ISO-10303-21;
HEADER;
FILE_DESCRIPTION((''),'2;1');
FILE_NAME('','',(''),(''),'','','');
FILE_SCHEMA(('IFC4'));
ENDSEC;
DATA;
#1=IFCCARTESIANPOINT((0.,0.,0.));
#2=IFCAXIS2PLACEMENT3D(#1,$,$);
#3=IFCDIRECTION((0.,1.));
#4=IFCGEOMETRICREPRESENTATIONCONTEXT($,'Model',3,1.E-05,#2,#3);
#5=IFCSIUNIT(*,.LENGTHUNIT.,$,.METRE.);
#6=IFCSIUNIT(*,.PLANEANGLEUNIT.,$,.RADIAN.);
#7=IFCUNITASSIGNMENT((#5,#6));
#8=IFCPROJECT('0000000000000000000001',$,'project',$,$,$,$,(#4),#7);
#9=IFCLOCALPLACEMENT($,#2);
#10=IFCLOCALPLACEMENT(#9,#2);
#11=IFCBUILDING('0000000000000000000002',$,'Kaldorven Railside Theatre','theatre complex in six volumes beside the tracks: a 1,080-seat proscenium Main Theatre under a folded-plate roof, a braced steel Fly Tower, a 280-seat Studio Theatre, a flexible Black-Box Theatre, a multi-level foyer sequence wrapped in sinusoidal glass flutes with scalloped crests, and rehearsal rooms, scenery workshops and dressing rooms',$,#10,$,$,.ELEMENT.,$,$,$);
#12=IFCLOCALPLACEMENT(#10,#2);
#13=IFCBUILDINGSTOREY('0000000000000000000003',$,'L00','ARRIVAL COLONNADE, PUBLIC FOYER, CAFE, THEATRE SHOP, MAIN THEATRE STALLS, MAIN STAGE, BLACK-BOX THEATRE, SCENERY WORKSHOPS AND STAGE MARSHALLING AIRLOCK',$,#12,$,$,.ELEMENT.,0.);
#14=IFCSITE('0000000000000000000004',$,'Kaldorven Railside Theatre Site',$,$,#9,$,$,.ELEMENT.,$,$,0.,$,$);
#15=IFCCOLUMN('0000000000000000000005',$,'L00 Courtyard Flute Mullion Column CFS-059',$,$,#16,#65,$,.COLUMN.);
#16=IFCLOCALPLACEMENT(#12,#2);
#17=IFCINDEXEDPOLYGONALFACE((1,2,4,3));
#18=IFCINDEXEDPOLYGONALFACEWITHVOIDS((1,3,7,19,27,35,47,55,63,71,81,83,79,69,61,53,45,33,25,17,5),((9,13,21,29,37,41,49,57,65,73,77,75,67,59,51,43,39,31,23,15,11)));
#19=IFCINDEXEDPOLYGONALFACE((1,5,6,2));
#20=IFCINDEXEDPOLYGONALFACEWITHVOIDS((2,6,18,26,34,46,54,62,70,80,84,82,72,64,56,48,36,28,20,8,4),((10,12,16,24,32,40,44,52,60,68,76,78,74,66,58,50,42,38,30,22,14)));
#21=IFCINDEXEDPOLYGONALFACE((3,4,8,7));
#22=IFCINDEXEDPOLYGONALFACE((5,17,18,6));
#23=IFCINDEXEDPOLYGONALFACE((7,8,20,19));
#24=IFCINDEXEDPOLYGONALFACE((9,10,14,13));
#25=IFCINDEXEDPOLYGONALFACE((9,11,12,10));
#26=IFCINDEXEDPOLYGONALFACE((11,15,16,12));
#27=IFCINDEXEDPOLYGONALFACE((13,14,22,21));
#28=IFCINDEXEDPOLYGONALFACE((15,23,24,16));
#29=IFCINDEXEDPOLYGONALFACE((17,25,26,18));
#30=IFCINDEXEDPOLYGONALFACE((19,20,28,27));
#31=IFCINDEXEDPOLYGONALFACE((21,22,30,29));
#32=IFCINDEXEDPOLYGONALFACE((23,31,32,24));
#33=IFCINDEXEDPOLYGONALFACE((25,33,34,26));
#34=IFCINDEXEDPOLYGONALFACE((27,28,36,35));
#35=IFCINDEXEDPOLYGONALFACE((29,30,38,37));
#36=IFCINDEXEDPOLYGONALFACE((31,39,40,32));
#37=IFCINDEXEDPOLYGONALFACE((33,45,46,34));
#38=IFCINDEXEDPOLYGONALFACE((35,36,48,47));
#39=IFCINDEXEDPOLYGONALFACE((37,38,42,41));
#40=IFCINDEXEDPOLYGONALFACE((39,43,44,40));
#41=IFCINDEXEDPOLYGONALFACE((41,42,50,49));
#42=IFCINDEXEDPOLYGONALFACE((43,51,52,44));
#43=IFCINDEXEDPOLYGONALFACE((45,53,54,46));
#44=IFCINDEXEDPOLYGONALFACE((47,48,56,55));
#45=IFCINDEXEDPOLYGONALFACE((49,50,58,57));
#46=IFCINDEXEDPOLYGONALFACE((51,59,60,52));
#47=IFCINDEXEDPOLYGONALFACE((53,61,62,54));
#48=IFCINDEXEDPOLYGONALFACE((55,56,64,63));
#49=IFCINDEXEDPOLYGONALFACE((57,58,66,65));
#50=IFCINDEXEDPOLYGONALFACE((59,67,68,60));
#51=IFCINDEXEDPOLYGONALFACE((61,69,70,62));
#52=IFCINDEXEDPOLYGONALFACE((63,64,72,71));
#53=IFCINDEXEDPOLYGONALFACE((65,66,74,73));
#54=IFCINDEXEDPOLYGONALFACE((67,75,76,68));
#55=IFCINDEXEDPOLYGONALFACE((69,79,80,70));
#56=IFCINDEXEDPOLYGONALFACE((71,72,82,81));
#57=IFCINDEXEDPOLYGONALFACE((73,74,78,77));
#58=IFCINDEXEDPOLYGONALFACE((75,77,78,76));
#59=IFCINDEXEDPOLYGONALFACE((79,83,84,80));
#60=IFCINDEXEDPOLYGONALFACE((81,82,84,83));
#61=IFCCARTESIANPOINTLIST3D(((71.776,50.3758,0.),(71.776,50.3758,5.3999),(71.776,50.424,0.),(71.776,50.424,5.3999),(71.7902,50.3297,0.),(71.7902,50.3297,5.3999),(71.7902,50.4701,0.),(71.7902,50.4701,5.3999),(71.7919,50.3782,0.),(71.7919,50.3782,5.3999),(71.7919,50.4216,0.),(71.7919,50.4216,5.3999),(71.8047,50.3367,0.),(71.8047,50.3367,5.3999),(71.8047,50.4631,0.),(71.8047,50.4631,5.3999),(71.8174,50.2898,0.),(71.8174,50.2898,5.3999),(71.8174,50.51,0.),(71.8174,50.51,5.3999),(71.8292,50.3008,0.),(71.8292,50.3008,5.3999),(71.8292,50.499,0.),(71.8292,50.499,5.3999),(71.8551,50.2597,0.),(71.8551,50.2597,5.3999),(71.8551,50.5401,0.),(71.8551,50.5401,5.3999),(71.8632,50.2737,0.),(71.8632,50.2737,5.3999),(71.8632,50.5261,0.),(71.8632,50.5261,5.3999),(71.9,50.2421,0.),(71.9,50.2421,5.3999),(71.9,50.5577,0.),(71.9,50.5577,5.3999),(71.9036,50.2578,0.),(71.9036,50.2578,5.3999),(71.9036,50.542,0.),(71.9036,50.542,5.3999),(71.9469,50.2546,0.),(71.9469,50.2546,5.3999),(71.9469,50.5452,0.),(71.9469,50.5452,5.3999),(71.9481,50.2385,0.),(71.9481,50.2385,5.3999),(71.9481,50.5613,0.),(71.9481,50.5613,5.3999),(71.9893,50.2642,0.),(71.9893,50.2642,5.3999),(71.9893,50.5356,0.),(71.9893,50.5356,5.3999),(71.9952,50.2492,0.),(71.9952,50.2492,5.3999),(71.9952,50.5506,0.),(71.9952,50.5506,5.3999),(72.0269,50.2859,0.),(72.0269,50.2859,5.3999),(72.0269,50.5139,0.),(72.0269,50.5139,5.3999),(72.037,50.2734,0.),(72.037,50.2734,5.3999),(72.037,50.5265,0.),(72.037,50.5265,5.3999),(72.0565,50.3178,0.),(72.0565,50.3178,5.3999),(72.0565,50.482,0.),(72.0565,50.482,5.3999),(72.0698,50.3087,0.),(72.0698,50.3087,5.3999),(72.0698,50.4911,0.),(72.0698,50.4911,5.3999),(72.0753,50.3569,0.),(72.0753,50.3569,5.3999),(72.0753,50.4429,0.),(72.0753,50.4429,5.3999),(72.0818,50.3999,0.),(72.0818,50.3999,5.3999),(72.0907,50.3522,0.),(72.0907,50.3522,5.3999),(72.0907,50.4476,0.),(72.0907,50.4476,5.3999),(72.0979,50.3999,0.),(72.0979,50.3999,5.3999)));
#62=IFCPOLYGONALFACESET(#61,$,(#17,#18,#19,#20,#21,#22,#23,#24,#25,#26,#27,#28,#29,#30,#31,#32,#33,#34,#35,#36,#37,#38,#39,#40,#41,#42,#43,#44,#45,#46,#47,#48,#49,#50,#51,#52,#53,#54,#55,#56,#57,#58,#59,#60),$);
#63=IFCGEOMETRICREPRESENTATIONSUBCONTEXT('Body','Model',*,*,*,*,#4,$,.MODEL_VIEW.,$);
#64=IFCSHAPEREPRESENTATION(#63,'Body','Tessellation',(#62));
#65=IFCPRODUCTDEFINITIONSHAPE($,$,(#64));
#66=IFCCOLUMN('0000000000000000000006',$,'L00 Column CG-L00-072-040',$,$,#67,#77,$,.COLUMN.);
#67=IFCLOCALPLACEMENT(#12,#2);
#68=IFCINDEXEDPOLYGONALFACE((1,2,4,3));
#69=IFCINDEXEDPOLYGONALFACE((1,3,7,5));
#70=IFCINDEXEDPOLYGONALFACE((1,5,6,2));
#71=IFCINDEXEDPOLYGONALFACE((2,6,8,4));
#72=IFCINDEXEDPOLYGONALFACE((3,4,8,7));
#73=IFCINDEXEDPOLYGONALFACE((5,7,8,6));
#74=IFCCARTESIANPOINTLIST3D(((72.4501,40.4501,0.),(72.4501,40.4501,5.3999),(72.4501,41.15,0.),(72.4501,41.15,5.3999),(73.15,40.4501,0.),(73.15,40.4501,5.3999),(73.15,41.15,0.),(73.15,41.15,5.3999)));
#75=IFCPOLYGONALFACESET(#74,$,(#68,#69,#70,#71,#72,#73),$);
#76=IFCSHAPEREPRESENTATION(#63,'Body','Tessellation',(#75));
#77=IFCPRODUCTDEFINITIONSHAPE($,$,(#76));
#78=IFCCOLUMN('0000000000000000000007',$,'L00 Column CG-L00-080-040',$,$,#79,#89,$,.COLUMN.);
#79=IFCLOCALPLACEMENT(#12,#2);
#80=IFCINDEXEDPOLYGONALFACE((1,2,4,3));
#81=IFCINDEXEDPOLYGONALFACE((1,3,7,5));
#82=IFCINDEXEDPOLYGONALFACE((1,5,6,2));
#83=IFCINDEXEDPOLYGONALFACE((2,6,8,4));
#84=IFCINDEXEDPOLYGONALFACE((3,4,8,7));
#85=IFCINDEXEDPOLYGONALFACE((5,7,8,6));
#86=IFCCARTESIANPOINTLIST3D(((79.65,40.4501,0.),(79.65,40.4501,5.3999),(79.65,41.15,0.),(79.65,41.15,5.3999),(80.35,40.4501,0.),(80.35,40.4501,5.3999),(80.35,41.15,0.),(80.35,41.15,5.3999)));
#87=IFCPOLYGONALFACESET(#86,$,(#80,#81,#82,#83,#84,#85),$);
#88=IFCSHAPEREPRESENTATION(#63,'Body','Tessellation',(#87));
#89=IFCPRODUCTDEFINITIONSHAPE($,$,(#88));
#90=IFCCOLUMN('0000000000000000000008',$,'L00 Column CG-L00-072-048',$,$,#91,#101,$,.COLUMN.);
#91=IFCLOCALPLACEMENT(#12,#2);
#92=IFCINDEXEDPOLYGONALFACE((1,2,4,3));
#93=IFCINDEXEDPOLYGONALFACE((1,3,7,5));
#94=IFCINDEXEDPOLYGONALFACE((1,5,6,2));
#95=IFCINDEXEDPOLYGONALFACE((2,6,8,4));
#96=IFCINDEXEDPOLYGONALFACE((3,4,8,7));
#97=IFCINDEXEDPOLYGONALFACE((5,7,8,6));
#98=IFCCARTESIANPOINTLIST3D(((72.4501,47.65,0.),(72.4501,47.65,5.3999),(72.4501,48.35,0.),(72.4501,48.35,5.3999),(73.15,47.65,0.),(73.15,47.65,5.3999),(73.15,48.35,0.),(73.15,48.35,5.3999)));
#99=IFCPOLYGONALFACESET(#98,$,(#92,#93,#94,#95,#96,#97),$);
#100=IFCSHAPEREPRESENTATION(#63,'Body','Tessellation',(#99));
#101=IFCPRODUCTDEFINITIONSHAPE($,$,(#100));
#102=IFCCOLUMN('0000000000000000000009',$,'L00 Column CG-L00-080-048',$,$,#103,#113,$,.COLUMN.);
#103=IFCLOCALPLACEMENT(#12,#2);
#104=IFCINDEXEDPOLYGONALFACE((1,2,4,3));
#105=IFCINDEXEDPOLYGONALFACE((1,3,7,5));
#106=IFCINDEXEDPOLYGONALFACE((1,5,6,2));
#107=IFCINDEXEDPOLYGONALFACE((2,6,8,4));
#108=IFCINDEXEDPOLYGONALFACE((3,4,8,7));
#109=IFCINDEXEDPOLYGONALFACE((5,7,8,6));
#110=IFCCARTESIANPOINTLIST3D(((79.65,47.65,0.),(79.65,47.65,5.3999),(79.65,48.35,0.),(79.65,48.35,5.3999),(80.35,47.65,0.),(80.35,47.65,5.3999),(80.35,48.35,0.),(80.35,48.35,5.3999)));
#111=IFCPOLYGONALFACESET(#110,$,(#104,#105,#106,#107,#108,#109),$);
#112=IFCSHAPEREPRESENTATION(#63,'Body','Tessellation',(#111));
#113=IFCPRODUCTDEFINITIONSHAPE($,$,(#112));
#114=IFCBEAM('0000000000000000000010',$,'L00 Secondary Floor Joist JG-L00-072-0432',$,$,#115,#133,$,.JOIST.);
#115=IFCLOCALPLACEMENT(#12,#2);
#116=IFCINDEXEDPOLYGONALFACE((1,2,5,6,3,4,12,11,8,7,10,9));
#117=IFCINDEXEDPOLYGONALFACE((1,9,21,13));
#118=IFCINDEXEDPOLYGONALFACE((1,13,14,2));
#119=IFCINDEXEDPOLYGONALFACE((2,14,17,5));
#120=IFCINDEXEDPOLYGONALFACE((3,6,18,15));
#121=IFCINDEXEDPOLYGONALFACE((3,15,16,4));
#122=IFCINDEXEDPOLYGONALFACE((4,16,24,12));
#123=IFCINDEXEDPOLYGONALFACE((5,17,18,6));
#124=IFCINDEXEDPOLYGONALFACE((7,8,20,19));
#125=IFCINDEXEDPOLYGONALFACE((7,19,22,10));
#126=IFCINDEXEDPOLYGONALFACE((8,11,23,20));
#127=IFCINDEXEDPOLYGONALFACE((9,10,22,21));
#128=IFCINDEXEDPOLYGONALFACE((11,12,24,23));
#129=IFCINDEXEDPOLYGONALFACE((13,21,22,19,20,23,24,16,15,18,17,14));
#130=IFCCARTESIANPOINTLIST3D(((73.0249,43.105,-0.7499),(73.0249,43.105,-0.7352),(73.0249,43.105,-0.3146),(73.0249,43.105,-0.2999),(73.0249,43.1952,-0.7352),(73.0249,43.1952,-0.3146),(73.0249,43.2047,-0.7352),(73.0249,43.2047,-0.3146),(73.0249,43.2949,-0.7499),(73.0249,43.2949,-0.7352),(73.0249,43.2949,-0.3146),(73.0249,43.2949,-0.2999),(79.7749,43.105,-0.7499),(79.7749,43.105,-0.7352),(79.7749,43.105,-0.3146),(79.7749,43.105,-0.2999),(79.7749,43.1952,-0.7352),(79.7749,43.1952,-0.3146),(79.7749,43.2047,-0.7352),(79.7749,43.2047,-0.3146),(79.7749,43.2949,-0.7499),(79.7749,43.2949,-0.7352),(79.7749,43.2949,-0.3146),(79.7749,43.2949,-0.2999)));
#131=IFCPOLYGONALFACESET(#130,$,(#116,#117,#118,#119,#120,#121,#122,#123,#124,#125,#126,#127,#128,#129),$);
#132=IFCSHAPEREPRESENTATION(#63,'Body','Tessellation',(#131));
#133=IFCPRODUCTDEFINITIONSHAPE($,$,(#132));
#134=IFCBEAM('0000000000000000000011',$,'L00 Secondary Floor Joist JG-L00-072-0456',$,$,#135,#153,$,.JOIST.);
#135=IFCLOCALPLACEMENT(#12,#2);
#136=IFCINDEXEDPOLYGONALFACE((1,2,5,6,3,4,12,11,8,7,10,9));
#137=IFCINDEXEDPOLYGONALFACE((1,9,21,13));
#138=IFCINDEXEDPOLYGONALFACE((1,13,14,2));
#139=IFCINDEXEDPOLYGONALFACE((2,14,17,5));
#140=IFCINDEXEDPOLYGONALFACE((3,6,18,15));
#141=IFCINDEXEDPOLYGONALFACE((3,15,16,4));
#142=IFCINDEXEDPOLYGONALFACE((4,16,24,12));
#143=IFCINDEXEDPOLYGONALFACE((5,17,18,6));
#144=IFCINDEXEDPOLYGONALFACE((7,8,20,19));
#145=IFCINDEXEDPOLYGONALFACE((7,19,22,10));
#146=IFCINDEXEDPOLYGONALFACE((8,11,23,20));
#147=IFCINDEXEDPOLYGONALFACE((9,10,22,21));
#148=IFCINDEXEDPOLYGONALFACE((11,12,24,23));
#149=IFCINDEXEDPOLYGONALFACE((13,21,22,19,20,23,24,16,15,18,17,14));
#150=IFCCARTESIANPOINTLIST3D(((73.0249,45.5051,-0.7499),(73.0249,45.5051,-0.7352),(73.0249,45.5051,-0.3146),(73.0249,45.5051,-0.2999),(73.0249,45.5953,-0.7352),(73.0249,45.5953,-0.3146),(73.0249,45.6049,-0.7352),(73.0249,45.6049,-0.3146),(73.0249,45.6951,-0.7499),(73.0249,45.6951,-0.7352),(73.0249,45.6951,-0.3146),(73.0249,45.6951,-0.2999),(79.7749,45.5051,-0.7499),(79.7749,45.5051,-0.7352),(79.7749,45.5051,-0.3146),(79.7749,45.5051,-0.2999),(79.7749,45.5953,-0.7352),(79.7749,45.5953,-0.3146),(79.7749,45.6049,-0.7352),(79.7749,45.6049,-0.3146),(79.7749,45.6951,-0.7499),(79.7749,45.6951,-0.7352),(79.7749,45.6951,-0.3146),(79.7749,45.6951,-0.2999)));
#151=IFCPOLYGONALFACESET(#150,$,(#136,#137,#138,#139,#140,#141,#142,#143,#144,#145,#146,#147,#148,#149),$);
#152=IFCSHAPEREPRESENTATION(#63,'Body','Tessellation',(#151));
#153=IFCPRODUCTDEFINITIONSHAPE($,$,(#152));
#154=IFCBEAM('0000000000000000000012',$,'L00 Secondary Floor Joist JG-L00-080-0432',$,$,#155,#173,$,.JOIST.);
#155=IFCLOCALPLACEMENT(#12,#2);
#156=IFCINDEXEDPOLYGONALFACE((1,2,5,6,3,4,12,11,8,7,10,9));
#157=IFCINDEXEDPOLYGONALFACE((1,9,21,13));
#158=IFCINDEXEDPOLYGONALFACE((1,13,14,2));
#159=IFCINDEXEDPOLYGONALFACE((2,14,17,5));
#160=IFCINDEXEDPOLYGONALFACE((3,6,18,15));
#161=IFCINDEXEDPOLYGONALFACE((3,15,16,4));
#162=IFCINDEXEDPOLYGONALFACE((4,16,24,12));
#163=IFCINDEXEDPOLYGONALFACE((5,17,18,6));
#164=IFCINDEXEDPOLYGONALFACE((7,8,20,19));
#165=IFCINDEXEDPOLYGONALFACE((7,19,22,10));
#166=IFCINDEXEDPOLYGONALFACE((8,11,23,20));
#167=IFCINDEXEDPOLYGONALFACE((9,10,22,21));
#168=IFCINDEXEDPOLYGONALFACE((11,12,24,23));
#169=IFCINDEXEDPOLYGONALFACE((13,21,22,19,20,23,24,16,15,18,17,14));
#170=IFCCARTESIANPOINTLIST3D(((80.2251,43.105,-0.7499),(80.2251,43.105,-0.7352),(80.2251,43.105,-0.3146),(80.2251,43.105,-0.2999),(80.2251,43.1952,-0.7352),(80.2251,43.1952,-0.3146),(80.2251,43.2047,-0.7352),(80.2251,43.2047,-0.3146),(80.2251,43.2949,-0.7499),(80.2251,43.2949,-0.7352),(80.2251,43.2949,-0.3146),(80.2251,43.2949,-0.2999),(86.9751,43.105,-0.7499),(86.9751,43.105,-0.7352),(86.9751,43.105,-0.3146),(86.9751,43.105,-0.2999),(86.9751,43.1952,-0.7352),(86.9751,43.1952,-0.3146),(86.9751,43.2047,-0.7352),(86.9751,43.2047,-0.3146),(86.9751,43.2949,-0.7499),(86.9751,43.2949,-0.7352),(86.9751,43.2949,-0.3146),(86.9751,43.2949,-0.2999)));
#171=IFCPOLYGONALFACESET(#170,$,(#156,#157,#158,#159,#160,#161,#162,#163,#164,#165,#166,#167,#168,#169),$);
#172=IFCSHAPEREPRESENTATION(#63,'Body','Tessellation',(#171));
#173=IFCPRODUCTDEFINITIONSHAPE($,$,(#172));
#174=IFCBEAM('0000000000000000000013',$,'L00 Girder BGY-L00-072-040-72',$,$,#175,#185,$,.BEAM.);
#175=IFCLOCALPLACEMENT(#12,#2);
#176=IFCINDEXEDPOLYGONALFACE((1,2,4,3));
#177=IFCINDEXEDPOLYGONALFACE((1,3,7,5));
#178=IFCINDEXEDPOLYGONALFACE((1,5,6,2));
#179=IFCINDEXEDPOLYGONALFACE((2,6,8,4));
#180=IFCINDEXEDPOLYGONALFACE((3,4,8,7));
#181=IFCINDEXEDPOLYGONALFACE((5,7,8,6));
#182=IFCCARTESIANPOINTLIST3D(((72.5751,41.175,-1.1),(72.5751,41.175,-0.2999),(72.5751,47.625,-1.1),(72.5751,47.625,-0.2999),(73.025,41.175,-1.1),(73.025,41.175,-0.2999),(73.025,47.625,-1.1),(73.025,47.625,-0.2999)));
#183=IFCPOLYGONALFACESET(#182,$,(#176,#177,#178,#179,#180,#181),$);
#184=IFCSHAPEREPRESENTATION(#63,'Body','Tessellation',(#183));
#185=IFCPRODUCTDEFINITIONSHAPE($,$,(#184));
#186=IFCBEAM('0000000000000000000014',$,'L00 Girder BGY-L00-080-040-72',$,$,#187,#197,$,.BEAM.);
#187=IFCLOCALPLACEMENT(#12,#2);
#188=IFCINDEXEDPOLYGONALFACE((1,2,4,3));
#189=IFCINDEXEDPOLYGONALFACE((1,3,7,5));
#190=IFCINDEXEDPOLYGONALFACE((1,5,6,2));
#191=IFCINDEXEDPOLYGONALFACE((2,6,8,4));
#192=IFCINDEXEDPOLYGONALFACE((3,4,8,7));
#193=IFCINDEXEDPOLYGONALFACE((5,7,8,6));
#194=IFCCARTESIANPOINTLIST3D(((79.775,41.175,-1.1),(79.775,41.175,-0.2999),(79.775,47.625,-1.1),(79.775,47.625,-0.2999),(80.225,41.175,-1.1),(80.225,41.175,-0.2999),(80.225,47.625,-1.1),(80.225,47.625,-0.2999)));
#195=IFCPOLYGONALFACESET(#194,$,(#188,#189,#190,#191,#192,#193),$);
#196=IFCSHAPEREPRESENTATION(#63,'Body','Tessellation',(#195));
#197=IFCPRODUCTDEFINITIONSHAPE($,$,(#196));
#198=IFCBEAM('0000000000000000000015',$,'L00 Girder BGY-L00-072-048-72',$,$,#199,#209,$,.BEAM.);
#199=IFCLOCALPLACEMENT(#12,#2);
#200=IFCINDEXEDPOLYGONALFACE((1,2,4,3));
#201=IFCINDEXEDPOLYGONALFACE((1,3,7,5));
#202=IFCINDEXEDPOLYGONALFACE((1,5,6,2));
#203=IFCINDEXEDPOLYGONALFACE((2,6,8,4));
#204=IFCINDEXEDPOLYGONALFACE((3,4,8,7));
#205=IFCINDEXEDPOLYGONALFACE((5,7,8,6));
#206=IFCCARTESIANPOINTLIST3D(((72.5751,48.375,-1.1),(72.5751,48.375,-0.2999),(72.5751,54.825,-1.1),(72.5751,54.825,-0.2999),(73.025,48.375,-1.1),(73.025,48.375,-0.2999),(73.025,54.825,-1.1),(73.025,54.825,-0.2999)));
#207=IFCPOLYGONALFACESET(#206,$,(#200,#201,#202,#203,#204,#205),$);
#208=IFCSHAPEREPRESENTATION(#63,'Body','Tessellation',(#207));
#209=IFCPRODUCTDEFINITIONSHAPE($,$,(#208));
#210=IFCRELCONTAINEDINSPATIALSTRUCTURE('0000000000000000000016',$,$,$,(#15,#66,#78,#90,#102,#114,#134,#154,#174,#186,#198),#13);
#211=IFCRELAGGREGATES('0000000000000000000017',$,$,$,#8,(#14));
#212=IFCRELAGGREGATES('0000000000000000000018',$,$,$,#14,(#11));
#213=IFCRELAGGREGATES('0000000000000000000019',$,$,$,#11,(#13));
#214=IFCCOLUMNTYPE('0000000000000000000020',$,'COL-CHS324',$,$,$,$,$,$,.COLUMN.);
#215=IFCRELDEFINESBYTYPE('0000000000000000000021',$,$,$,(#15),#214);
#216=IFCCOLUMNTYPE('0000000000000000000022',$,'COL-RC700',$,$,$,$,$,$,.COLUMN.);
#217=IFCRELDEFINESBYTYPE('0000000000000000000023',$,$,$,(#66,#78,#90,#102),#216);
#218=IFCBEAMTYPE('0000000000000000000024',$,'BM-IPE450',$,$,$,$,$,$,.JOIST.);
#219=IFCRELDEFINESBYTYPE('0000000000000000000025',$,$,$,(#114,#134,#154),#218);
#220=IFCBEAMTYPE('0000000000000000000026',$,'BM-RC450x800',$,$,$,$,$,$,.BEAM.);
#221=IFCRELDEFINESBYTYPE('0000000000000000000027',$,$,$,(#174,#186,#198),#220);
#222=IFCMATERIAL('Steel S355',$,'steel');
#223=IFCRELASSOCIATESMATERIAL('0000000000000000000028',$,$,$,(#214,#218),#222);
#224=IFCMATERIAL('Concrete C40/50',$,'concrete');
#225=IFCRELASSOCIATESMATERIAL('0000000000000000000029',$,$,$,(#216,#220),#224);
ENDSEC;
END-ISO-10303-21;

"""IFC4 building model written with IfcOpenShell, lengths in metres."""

from ifc_helpers import new_model, si_unit, direction, frame, origin, origin_2d, place, context, subcontext, project, spatial, rectangle, hollow_circle, i_section, extrude, material, material_profile, profile_set, type_object, element, save


model = new_model("IFC4")

# Units and contexts
model_context = context("Model", 3, precision=1e-05, world=origin(), true_north=direction((0.0, 1.0)))
body_context = subcontext(model_context, "Body", "Model", "MODEL_VIEW")
ifc_project = project(units=[si_unit("LENGTHUNIT", "METRE"), si_unit("PLANEANGLEUNIT", "RADIAN")], contexts=[model_context])

# Site, building, storey
site_placement = place(None, origin())
site = spatial("IfcSite", under=ifc_project, at=site_placement, Name="Kaldorven Railside Theatre Site", CompositionType="ELEMENT", RefElevation=0.0)
building_placement = place(site_placement, origin())
building = spatial("IfcBuilding", under=site, at=building_placement, Name="Kaldorven Railside Theatre", Description="theatre complex in six volumes beside the tracks: a 1,080-seat proscenium Main Theatre under a folded-plate roof, a braced steel Fly Tower, a 280-seat Studio Theatre, a flexible Black-Box Theatre, a multi-level foyer sequence wrapped in sinusoidal glass flutes with scalloped crests, and rehearsal rooms, scenery workshops and dressing rooms", CompositionType="ELEMENT")
storey_placement = place(building_placement, origin())
storey = spatial("IfcBuildingStorey", under=building, at=storey_placement, Name="L00", Description="ARRIVAL COLONNADE, PUBLIC FOYER, CAFE, THEATRE SHOP, MAIN THEATRE STALLS, MAIN STAGE, BLACK-BOX THEATRE, SCENERY WORKSHOPS AND STAGE MARSHALLING AIRLOCK", CompositionType="ELEMENT", Elevation=0.0)

# Columns
ifc_material_1 = material(Name="Steel S355", Category="steel")
ifc_material_profile_1 = material_profile(ifc_material_1, hollow_circle(Radius=0.1619, WallThickness=0.0161, at=origin_2d()), Name="CHS 323.9x16")
ifc_profile_set_1 = profile_set([ifc_material_profile_1], Name="Steel S355")
column_type_1 = type_object("IfcColumnType", Name="COL-CHS324", PredefinedType="COLUMN", material=ifc_profile_set_1)
for number, where, z_axis, x_axis, name in (
    (1, (71.936, 50.3999, 0.0), (0.0, 0.0, 1.0), (1.0, 0.0, 0.0), "L00 Courtyard Flute Mullion Column CFS-059"),
):
    element("IfcColumn", number, at=place(storey_placement, frame(where, z_axis=z_axis, x_axis=x_axis)), inside=storey, type_object=column_type_1, Name=name, PredefinedType="COLUMN", context=body_context, shape_type="SweptSolid", body=[
        extrude(hollow_circle(Radius=0.1619, WallThickness=0.0161, at=origin_2d()), origin(), (0.0, 0.0, 1.0), 5.3999),
    ])
ifc_material_2 = material(Name="Concrete C40/50", Category="concrete")
ifc_material_profile_2 = material_profile(ifc_material_2, rectangle(XDim=0.7, YDim=0.7, at=origin_2d()), Name="RC 700x700")
ifc_profile_set_2 = profile_set([ifc_material_profile_2], Name="Concrete C40/50")
column_type_2 = type_object("IfcColumnType", Name="COL-RC700", PredefinedType="COLUMN", material=ifc_profile_set_2)
for number, where, z_axis, x_axis, name in (
    (2, (72.8, 40.8, 0.0), (0.0, 0.0, 1.0), (0.0, 1.0, 0.0), "L00 Column CG-L00-072-040"),
    (3, (80.0, 40.8, 0.0), (0.0, 0.0, 1.0), (1.0, 0.0, 0.0), "L00 Column CG-L00-080-040"),
    (4, (72.8, 48.0, 0.0), (0.0, 0.0, 1.0), (1.0, 0.0, 0.0), "L00 Column CG-L00-072-048"),
    (5, (80.0, 48.0, 0.0), (0.0, 0.0, 1.0), (1.0, 0.0, 0.0), "L00 Column CG-L00-080-048"),
):
    element("IfcColumn", number, at=place(storey_placement, frame(where, z_axis=z_axis, x_axis=x_axis)), inside=storey, type_object=column_type_2, Name=name, PredefinedType="COLUMN", context=body_context, shape_type="SweptSolid", body=[
        extrude(rectangle(XDim=0.7, YDim=0.7, at=origin_2d()), origin(), (0.0, 0.0, 1.0), 5.3999),
    ])

# Beams
ifc_material_profile_3 = material_profile(ifc_material_1, i_section(OverallWidth=0.1899, OverallDepth=0.45, WebThickness=0.0095, FlangeThickness=0.0146, at=origin_2d()), Name="IPE 450")
ifc_profile_set_3 = profile_set([ifc_material_profile_3], Name="Steel S355")
beam_type_1 = type_object("IfcBeamType", Name="BM-IPE450", PredefinedType="JOIST", material=ifc_profile_set_3)
for number, where, z_axis, x_axis, name in (
    (6, (73.0249, 43.2, -0.5249), (1.0, 0.0, 0.0), (0.0, 1.0, 0.0), "L00 Secondary Floor Joist JG-L00-072-0432"),
    (7, (73.0249, 45.6001, -0.5249), (1.0, 0.0, 0.0), (0.0, 1.0, 0.0), "L00 Secondary Floor Joist JG-L00-072-0456"),
    (8, (80.2251, 43.2, -0.5249), (1.0, 0.0, 0.0), (0.0, 1.0, 0.0), "L00 Secondary Floor Joist JG-L00-080-0432"),
):
    element("IfcBeam", number, at=place(storey_placement, frame(where, z_axis=z_axis, x_axis=x_axis)), inside=storey, type_object=beam_type_1, Name=name, PredefinedType="JOIST", context=body_context, shape_type="SweptSolid", body=[
        extrude(i_section(OverallWidth=0.1899, OverallDepth=0.45, WebThickness=0.0095, FlangeThickness=0.0146, at=origin_2d()), origin(), (0.0, 0.0, 1.0), 6.75),
    ])
ifc_material_profile_4 = material_profile(ifc_material_2, rectangle(XDim=0.45, YDim=0.8, at=origin_2d()), Name="RC 450x800")
ifc_profile_set_4 = profile_set([ifc_material_profile_4], Name="Concrete C40/50")
beam_type_2 = type_object("IfcBeamType", Name="BM-RC450x800", PredefinedType="BEAM", material=ifc_profile_set_4)
for number, where, z_axis, x_axis, name in (
    (9, (72.8, 41.175, -0.7), (0.0, 1.0, 0.0), (-1.0, 0.0, 0.0), "L00 Girder BGY-L00-072-040-72"),
    (10, (80.0, 41.175, -0.7), (0.0, 1.0, 0.0), (-1.0, 0.0, 0.0), "L00 Girder BGY-L00-080-040-72"),
    (11, (72.8, 48.375, -0.7), (0.0, 1.0, 0.0), (-1.0, 0.0, 0.0), "L00 Girder BGY-L00-072-048-72"),
):
    element("IfcBeam", number, at=place(storey_placement, frame(where, z_axis=z_axis, x_axis=x_axis)), inside=storey, type_object=beam_type_2, Name=name, PredefinedType="BEAM", context=body_context, shape_type="SweptSolid", body=[
        extrude(rectangle(XDim=0.45, YDim=0.8, at=origin_2d()), origin(), (0.0, 0.0, 1.0), 6.45),
    ])

save(model, "model.ifc")
